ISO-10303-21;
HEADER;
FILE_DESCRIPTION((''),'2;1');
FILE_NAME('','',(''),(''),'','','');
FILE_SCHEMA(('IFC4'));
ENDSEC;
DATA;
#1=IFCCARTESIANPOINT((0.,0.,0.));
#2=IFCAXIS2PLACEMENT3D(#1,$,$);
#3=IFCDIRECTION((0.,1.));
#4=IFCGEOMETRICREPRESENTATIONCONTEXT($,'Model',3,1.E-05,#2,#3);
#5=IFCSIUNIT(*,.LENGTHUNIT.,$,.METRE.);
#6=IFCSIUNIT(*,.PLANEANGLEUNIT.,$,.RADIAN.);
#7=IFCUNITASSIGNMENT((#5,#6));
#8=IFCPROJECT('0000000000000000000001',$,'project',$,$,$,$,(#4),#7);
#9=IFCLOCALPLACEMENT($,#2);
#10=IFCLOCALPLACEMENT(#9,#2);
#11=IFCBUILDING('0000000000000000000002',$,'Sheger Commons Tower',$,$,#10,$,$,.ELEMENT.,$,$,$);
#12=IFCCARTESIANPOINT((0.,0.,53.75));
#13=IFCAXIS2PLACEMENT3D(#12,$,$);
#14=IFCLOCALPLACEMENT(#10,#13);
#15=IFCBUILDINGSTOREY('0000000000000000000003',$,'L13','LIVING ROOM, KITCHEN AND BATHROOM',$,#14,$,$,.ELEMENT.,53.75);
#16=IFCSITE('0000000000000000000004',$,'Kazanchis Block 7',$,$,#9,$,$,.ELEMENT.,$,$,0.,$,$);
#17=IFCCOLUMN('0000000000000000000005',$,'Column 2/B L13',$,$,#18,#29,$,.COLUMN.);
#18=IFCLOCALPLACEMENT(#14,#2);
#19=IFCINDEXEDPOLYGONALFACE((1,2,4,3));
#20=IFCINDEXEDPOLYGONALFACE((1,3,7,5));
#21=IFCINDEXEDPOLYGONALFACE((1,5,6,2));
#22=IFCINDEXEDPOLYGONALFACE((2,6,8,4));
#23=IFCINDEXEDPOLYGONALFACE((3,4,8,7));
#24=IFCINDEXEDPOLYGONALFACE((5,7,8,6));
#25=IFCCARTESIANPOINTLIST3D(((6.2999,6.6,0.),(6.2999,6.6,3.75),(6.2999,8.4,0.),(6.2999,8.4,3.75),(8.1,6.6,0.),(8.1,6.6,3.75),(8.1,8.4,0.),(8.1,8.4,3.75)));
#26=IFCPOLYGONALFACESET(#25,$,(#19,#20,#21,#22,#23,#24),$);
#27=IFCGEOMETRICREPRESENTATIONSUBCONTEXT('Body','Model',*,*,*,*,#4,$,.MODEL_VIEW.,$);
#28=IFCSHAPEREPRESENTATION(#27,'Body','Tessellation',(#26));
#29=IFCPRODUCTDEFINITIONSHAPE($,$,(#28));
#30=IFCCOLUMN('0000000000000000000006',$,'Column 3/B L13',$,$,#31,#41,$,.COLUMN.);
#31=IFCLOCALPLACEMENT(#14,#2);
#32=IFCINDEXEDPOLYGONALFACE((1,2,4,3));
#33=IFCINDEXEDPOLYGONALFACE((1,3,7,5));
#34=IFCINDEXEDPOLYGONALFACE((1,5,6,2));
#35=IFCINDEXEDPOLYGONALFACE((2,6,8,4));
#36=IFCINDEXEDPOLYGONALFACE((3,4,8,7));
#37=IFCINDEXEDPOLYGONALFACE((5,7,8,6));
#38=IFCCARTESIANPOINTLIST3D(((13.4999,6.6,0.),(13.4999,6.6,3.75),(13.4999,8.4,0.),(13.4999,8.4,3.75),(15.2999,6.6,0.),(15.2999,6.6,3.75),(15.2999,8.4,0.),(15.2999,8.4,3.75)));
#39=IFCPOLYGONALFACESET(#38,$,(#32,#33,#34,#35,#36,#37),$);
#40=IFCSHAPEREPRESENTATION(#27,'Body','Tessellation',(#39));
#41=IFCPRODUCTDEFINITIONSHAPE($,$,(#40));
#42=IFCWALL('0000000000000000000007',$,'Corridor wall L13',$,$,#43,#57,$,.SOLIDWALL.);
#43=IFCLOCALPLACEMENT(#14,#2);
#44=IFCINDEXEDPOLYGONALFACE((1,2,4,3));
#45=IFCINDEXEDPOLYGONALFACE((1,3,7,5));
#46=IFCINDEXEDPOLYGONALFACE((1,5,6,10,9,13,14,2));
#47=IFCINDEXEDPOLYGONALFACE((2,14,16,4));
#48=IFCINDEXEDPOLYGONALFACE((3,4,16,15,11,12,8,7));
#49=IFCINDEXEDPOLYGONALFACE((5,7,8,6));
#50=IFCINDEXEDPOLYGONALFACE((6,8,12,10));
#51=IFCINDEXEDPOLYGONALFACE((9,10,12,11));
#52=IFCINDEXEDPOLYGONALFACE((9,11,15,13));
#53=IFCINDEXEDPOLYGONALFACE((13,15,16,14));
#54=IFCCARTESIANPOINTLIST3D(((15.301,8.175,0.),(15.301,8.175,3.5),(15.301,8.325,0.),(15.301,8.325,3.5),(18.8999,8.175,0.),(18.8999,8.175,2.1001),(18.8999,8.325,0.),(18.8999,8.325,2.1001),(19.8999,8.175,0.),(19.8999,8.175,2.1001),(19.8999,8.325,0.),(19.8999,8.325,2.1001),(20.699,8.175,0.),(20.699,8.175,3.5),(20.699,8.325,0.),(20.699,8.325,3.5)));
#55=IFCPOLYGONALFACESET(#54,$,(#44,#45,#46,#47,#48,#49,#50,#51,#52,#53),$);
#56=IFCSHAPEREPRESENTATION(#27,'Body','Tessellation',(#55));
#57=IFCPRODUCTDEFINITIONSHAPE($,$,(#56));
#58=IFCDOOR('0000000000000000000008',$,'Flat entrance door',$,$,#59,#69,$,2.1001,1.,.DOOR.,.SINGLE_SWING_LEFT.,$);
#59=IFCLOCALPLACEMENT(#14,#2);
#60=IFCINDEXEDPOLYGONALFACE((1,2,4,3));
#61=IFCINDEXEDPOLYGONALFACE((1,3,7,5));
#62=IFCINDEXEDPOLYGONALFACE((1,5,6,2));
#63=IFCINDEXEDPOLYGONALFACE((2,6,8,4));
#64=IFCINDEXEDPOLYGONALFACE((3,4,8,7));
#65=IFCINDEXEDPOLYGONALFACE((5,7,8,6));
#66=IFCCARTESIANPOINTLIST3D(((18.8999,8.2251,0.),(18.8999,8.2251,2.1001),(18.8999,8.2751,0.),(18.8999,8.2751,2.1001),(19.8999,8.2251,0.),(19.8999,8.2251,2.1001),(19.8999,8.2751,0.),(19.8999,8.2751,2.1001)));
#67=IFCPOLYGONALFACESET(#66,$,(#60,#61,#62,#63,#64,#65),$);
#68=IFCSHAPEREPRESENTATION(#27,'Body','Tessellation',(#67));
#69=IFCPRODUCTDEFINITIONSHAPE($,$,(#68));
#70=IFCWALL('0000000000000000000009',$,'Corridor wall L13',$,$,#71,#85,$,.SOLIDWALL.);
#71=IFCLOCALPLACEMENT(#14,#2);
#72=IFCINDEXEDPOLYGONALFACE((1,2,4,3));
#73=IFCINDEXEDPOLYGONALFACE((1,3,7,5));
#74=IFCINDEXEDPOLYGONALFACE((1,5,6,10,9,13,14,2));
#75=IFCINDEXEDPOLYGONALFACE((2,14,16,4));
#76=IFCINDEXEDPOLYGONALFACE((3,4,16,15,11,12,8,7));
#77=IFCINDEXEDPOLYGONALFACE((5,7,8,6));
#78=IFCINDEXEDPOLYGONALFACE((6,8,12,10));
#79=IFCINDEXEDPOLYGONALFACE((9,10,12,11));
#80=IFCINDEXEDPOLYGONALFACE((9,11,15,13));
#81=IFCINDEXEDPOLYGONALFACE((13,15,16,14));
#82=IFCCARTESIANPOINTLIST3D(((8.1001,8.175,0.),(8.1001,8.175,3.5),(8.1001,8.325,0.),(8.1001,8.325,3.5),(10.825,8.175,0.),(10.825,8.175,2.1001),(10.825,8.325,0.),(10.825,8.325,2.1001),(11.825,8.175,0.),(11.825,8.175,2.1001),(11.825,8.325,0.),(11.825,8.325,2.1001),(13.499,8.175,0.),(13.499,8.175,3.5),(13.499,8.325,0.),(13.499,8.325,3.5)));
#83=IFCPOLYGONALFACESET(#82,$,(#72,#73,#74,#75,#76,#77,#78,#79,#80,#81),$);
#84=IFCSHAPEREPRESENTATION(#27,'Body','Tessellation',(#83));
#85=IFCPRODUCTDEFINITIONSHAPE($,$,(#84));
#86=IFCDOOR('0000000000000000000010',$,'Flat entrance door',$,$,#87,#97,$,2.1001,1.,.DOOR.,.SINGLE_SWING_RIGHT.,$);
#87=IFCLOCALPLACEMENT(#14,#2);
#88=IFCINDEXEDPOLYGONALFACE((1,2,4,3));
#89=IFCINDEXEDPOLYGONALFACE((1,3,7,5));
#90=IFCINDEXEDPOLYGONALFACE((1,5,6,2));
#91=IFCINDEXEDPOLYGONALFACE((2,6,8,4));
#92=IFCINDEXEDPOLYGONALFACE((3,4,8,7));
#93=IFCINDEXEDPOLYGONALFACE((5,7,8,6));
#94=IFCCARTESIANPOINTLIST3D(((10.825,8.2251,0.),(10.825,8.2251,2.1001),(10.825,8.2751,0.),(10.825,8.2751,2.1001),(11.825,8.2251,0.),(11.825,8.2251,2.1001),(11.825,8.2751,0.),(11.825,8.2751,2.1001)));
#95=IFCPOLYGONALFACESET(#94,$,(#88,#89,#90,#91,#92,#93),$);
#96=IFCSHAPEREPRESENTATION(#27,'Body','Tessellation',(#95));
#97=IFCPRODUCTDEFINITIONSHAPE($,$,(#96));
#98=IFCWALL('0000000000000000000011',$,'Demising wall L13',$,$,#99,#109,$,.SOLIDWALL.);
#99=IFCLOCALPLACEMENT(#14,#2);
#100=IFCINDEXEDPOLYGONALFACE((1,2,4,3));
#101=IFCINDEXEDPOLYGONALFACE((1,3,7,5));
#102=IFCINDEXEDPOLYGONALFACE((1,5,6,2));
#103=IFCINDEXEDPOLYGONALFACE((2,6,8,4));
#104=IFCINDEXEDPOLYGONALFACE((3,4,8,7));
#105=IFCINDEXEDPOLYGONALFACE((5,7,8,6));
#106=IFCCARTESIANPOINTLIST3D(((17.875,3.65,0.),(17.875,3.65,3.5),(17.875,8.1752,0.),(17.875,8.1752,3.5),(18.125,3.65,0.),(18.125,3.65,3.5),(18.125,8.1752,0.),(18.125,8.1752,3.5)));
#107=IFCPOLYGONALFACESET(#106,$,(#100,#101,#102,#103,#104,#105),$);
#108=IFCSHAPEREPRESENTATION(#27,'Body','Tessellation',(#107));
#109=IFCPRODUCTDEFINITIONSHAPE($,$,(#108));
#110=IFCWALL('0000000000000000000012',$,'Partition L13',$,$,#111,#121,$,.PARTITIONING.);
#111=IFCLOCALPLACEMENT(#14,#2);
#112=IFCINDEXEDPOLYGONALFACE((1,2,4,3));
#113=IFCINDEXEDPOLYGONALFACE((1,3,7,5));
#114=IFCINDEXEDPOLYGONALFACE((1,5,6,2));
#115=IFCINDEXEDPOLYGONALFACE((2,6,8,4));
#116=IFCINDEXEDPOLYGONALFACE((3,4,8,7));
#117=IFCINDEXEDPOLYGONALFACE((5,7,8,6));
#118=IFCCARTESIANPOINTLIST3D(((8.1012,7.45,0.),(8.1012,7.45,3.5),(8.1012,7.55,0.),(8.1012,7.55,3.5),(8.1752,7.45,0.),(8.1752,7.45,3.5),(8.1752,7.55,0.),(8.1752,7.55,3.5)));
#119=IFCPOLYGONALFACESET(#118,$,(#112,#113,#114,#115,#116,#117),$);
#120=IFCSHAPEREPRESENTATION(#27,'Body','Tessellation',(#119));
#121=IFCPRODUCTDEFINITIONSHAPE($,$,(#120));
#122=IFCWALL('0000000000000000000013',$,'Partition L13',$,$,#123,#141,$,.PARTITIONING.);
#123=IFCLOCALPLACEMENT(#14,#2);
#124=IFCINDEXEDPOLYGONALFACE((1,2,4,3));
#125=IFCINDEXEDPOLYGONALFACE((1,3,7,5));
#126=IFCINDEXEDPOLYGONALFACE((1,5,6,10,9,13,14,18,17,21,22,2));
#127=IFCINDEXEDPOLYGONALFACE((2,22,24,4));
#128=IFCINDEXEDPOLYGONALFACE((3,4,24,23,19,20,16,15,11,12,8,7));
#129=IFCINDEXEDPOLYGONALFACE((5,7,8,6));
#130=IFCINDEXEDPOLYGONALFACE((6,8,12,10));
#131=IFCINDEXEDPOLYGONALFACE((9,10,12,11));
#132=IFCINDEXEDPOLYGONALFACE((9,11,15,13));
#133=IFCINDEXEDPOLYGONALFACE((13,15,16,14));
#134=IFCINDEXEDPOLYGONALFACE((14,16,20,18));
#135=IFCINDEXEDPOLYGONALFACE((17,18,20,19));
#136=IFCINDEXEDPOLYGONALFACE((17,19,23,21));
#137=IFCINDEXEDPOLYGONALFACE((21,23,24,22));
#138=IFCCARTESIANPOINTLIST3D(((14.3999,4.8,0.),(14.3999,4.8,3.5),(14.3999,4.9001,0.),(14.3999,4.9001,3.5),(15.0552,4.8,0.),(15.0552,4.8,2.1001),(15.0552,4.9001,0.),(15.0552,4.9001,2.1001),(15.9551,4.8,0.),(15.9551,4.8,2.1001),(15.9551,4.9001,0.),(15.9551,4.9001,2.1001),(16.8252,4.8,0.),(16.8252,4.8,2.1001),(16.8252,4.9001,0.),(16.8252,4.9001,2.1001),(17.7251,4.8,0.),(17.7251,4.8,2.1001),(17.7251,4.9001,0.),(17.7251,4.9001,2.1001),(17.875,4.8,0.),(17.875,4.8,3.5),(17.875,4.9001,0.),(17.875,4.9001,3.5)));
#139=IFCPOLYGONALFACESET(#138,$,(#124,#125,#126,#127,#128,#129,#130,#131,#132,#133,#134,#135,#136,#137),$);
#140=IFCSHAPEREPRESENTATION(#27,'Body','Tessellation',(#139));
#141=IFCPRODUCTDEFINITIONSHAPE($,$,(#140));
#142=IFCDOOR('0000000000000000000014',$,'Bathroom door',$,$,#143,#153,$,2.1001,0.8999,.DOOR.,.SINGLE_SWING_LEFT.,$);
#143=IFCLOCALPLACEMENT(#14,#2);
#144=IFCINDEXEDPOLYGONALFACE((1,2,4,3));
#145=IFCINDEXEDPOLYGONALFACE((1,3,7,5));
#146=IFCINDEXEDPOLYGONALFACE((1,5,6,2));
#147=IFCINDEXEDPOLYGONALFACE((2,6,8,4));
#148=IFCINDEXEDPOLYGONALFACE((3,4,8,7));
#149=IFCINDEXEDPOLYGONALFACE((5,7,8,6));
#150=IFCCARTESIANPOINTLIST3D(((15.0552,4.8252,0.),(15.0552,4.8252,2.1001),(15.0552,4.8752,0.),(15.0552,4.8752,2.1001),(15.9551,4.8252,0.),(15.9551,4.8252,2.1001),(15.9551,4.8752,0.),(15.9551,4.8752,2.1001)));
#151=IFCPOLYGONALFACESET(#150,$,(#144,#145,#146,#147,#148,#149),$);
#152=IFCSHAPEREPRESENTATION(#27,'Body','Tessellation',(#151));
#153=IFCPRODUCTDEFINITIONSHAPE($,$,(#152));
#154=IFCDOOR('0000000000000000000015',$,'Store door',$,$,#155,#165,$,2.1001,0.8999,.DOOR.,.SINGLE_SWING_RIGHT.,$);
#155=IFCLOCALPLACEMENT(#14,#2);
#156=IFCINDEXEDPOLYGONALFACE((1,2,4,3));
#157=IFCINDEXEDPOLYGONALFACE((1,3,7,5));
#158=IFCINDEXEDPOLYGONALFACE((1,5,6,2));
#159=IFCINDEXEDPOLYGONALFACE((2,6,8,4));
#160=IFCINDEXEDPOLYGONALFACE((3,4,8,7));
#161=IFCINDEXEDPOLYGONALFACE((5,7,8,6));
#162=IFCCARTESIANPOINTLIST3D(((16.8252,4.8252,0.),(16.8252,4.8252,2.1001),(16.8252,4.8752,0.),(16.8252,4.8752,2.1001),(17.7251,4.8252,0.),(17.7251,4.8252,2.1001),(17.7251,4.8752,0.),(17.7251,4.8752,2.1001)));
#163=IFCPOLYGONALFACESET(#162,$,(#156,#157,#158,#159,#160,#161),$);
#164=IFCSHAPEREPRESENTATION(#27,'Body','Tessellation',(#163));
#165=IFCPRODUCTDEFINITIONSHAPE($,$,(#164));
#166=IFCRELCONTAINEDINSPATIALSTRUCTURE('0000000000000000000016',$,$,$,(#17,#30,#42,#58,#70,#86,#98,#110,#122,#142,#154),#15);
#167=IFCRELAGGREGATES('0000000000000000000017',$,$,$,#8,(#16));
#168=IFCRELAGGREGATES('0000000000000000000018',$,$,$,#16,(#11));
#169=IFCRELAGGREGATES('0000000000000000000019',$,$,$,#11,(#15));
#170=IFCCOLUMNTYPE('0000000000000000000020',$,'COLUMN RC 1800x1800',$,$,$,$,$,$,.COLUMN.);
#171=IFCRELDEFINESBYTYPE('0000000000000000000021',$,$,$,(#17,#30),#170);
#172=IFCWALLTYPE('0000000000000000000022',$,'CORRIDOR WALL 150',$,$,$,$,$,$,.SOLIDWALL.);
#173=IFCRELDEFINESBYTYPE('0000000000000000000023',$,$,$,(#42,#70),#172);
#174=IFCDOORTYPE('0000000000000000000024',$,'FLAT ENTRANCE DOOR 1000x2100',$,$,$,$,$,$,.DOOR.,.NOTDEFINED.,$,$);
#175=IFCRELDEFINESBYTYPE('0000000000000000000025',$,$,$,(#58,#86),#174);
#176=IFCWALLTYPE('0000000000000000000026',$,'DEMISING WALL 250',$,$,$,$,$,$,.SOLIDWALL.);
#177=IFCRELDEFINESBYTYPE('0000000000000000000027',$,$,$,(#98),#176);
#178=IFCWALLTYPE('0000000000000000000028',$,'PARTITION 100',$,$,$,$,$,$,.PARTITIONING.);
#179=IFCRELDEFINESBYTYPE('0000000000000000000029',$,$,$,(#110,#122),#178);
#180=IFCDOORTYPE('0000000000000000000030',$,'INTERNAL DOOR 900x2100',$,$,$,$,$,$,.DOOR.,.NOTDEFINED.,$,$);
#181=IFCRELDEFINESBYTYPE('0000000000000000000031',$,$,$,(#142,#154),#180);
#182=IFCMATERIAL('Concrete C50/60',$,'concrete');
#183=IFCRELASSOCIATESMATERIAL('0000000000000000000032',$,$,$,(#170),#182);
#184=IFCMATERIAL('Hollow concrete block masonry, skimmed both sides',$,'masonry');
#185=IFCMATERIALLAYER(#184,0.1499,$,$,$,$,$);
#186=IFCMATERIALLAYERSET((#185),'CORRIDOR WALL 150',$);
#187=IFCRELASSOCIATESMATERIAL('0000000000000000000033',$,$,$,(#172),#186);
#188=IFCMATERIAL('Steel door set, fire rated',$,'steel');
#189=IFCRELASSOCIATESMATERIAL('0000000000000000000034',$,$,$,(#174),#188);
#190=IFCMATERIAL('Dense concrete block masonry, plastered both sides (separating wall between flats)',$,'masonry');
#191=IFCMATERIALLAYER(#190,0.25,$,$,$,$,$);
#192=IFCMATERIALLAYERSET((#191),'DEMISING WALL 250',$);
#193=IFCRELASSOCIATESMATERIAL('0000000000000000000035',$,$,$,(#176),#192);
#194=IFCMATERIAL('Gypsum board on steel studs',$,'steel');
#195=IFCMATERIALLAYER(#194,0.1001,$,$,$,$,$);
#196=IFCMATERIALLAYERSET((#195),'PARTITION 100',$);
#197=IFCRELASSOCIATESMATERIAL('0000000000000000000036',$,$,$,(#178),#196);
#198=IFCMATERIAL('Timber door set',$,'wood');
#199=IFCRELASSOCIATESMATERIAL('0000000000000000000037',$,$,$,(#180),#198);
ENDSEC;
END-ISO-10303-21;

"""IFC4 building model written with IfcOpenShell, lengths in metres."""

from ifc_helpers import new_model, si_unit, direction, frame, frame_2d, origin, origin_2d, place, context, subcontext, project, spatial, rectangle, extrude, material, layer, layer_set, material_profile, profile_set, type_object, element, fill, save


model = new_model("IFC4")

# Units and contexts
model_context = context("Model", 3, precision=1e-05, world=origin(), true_north=direction((0.0, 1.0)))
body_context = subcontext(model_context, "Body", "Model", "MODEL_VIEW")
ifc_project = project(units=[si_unit("LENGTHUNIT", "METRE"), si_unit("PLANEANGLEUNIT", "RADIAN")], contexts=[model_context])

# Site, building, storey
site_placement = place(None, origin())
site = spatial("IfcSite", under=ifc_project, at=site_placement, Name="Kazanchis Block 7", CompositionType="ELEMENT", RefElevation=0.0)
building_placement = place(site_placement, origin())
building = spatial("IfcBuilding", under=site, at=building_placement, Name="Sheger Commons Tower", CompositionType="ELEMENT")
storey_placement = place(building_placement, frame((0.0, 0.0, 53.75)))
storey = spatial("IfcBuildingStorey", under=building, at=storey_placement, Name="L13", Description="LIVING ROOM, KITCHEN AND BATHROOM", CompositionType="ELEMENT", Elevation=53.75)

# Columns
ifc_material_1 = material(Name="Concrete C50/60", Category="concrete")
ifc_material_profile = material_profile(ifc_material_1, rectangle(XDim=1.8, YDim=1.8, at=origin_2d()), Name="RC 1800x1800")
ifc_profile_set = profile_set([ifc_material_profile], Name="Concrete C50/60")
column_type = type_object("IfcColumnType", Name="COLUMN RC 1800x1800", PredefinedType="COLUMN", material=ifc_profile_set)
for number, where, z_axis, x_axis, name in (
    (1, (7.2, 7.5, 0.0), (0.0, 0.0, 1.0), (1.0, 0.0, 0.0), "Column 2/B L13"),
    (2, (14.3999, 7.5, 0.0), (0.0, 0.0, 1.0), (1.0, 0.0, 0.0), "Column 3/B L13"),
):
    element("IfcColumn", number, at=place(storey_placement, frame(where, z_axis=z_axis, x_axis=x_axis)), inside=storey, type_object=column_type, Name=name, PredefinedType="COLUMN", context=body_context, shape_type="SweptSolid", body=[
        extrude(rectangle(XDim=1.8, YDim=1.8, at=origin_2d()), origin(), (0.0, 0.0, 1.0), 3.75),
    ])

# Walls, openings, doors
ifc_material_2 = material(Name="Hollow concrete block masonry, skimmed both sides", Category="masonry")
ifc_layer_1 = layer(ifc_material_2, 0.1499)
ifc_layer_set_1 = layer_set([ifc_layer_1], Name="CORRIDOR WALL 150")
wall_type_1 = type_object("IfcWallType", Name="CORRIDOR WALL 150", PredefinedType="SOLIDWALL", material=ifc_layer_set_1)
wall_1_placement = place(storey_placement, frame((20.699, 8.25, 0.0), z_axis=(0.0, 0.0, 1.0), x_axis=(-1.0, 0.0, 0.0)))
wall_1 = element("IfcWall", 3, at=wall_1_placement, inside=storey, type_object=wall_type_1, Name="Corridor wall L13", PredefinedType="SOLIDWALL", context=body_context, shape_type="SweptSolid", body=[
    extrude(rectangle(XDim=5.3979, YDim=0.1499, at=frame_2d((2.699, 0.0))), origin(), (0.0, 0.0, 1.0), 3.5),
])
opening_1_placement = place(wall_1_placement, frame((0.7991, 0.0, 0.0)))
opening_1 = element("IfcOpeningElement", 4, at=opening_1_placement, cuts=wall_1, PredefinedType="OPENING", context=body_context, shape_type="SweptSolid", body=[
    extrude(rectangle(XDim=1.0, YDim=2.1001, at=frame_2d((0.5, 1.05))), frame((0.0, 0.085, 0.0), z_axis=(0.0, -1.0, 0.0), x_axis=(1.0, 0.0, 0.0)), (0.0, 0.0, 1.0), 0.1699),
])
ifc_material_3 = material(Name="Steel door set, fire rated", Category="steel")
door_type_1 = type_object("IfcDoorType", Name="FLAT ENTRANCE DOOR 1000x2100", OperationType="NOTDEFINED", PredefinedType="DOOR", material=ifc_material_3)
door_1_placement = place(opening_1_placement, origin())
door_1 = element("IfcDoor", 5, at=door_1_placement, inside=storey, type_object=door_type_1, Name="Flat entrance door", OperationType="SINGLE_SWING_LEFT", OverallHeight=2.1001, OverallWidth=1.0, PredefinedType="DOOR", context=body_context, shape_type="SweptSolid", body=[
    extrude(rectangle(XDim=1.0, YDim=2.1001, at=frame_2d((0.5, 1.05))), frame((0.0, 0.0249, 0.0), z_axis=(0.0, -1.0, 0.0), x_axis=(1.0, 0.0, 0.0)), (0.0, 0.0, 1.0), 0.05),
])
fill(opening_1, door_1)
wall_2_placement = place(storey_placement, frame((13.499, 8.25, 0.0), z_axis=(0.0, 0.0, 1.0), x_axis=(-1.0, 0.0, 0.0)))
wall_2 = element("IfcWall", 6, at=wall_2_placement, inside=storey, type_object=wall_type_1, Name="Corridor wall L13", PredefinedType="SOLIDWALL", context=body_context, shape_type="SweptSolid", body=[
    extrude(rectangle(XDim=5.3989, YDim=0.1499, at=frame_2d((2.6995, 0.0))), origin(), (0.0, 0.0, 1.0), 3.5),
])
opening_2_placement = place(wall_2_placement, frame((1.6741, 0.0, 0.0)))
opening_2 = element("IfcOpeningElement", 7, at=opening_2_placement, cuts=wall_2, PredefinedType="OPENING", context=body_context, shape_type="SweptSolid", body=[
    extrude(rectangle(XDim=1.0, YDim=2.1001, at=frame_2d((0.5, 1.05))), frame((0.0, 0.085, 0.0), z_axis=(0.0, -1.0, 0.0), x_axis=(1.0, 0.0, 0.0)), (0.0, 0.0, 1.0), 0.1699),
])
door_2_placement = place(opening_2_placement, origin())
door_2 = element("IfcDoor", 8, at=door_2_placement, inside=storey, type_object=door_type_1, Name="Flat entrance door", OperationType="SINGLE_SWING_RIGHT", OverallHeight=2.1001, OverallWidth=1.0, PredefinedType="DOOR", context=body_context, shape_type="SweptSolid", body=[
    extrude(rectangle(XDim=1.0, YDim=2.1001, at=frame_2d((0.5, 1.05))), frame((0.0, 0.0249, 0.0), z_axis=(0.0, -1.0, 0.0), x_axis=(1.0, 0.0, 0.0)), (0.0, 0.0, 1.0), 0.05),
])
fill(opening_2, door_2)

# Walls
ifc_material_4 = material(Name="Dense concrete block masonry, plastered both sides (separating wall between flats)", Category="masonry")
ifc_layer_2 = layer(ifc_material_4, 0.25)
ifc_layer_set_2 = layer_set([ifc_layer_2], Name="DEMISING WALL 250")
wall_type_2 = type_object("IfcWallType", Name="DEMISING WALL 250", PredefinedType="SOLIDWALL", material=ifc_layer_set_2)
wall_3_placement = place(storey_placement, frame((18.0, 3.6499, 0.0), z_axis=(0.0, 0.0, 1.0), x_axis=(0.0, 1.0, 0.0)))
element("IfcWall", 9, at=wall_3_placement, inside=storey, type_object=wall_type_2, Name="Demising wall L13", PredefinedType="SOLIDWALL", context=body_context, shape_type="SweptSolid", body=[
    extrude(rectangle(XDim=4.5251, YDim=0.25, at=frame_2d((2.2627, 0.0))), origin(), (0.0, 0.0, 1.0), 3.5),
])
ifc_material_5 = material(Name="Gypsum board on steel studs", Category="steel")
ifc_layer_3 = layer(ifc_material_5, 0.1001)
ifc_layer_set_3 = layer_set([ifc_layer_3], Name="PARTITION 100")
wall_type_3 = type_object("IfcWallType", Name="PARTITION 100", PredefinedType="PARTITIONING", material=ifc_layer_set_3)
wall_4_placement = place(storey_placement, frame((8.1011, 7.5, 0.0), z_axis=(0.0, 0.0, 1.0), x_axis=(1.0, 0.0, 0.0)))
element("IfcWall", 10, at=wall_4_placement, inside=storey, type_object=wall_type_3, Name="Partition L13", PredefinedType="PARTITIONING", context=body_context, shape_type="SweptSolid", body=[
    extrude(rectangle(XDim=0.074, YDim=0.1001, at=frame_2d((0.0371, 0.0))), origin(), (0.0, 0.0, 1.0), 3.5),
])

# Wall, openings, doors
wall_5_placement = place(storey_placement, frame((17.875, 4.8501, 0.0), z_axis=(0.0, 0.0, 1.0), x_axis=(-1.0, 0.0, 0.0)))
wall_5 = element("IfcWall", 11, at=wall_5_placement, inside=storey, type_object=wall_type_3, Name="Partition L13", PredefinedType="PARTITIONING", context=body_context, shape_type="SweptSolid", body=[
    extrude(rectangle(XDim=3.4751, YDim=0.1001, at=frame_2d((1.7375, 0.0))), origin(), (0.0, 0.0, 1.0), 3.5),
])
opening_3_placement = place(wall_5_placement, frame((1.9199, 0.0, 0.0)))
opening_3 = element("IfcOpeningElement", 12, at=opening_3_placement, cuts=wall_5, PredefinedType="OPENING", context=body_context, shape_type="SweptSolid", body=[
    extrude(rectangle(XDim=0.8999, YDim=2.1001, at=frame_2d((0.45, 1.05))), frame((0.0, 0.0601, 0.0), z_axis=(0.0, -1.0, 0.0), x_axis=(1.0, 0.0, 0.0)), (0.0, 0.0, 1.0), 0.1201),
])
opening_4_placement = place(wall_5_placement, frame((0.1499, 0.0, 0.0)))
opening_4 = element("IfcOpeningElement", 13, at=opening_4_placement, cuts=wall_5, PredefinedType="OPENING", context=body_context, shape_type="SweptSolid", body=[
    extrude(rectangle(XDim=0.8999, YDim=2.1001, at=frame_2d((0.45, 1.05))), frame((0.0, 0.0601, 0.0), z_axis=(0.0, -1.0, 0.0), x_axis=(1.0, 0.0, 0.0)), (0.0, 0.0, 1.0), 0.1201),
])
ifc_material_6 = material(Name="Timber door set", Category="wood")
door_type_2 = type_object("IfcDoorType", Name="INTERNAL DOOR 900x2100", OperationType="NOTDEFINED", PredefinedType="DOOR", material=ifc_material_6)
door_3_placement = place(opening_3_placement, origin())
door_3 = element("IfcDoor", 14, at=door_3_placement, inside=storey, type_object=door_type_2, Name="Bathroom door", OperationType="SINGLE_SWING_LEFT", OverallHeight=2.1001, OverallWidth=0.8999, PredefinedType="DOOR", context=body_context, shape_type="SweptSolid", body=[
    extrude(rectangle(XDim=0.8999, YDim=2.1001, at=frame_2d((0.45, 1.05))), frame((0.0, 0.0249, 0.0), z_axis=(0.0, -1.0, 0.0), x_axis=(1.0, 0.0, 0.0)), (0.0, 0.0, 1.0), 0.05),
])
fill(opening_3, door_3)
door_4_placement = place(opening_4_placement, origin())
door_4 = element("IfcDoor", 15, at=door_4_placement, inside=storey, type_object=door_type_2, Name="Store door", OperationType="SINGLE_SWING_RIGHT", OverallHeight=2.1001, OverallWidth=0.8999, PredefinedType="DOOR", context=body_context, shape_type="SweptSolid", body=[
    extrude(rectangle(XDim=0.8999, YDim=2.1001, at=frame_2d((0.45, 1.05))), frame((0.0, 0.0249, 0.0), z_axis=(0.0, -1.0, 0.0), x_axis=(1.0, 0.0, 0.0)), (0.0, 0.0, 1.0), 0.05),
])
fill(opening_4, door_4)

save(model, "model.ifc")
